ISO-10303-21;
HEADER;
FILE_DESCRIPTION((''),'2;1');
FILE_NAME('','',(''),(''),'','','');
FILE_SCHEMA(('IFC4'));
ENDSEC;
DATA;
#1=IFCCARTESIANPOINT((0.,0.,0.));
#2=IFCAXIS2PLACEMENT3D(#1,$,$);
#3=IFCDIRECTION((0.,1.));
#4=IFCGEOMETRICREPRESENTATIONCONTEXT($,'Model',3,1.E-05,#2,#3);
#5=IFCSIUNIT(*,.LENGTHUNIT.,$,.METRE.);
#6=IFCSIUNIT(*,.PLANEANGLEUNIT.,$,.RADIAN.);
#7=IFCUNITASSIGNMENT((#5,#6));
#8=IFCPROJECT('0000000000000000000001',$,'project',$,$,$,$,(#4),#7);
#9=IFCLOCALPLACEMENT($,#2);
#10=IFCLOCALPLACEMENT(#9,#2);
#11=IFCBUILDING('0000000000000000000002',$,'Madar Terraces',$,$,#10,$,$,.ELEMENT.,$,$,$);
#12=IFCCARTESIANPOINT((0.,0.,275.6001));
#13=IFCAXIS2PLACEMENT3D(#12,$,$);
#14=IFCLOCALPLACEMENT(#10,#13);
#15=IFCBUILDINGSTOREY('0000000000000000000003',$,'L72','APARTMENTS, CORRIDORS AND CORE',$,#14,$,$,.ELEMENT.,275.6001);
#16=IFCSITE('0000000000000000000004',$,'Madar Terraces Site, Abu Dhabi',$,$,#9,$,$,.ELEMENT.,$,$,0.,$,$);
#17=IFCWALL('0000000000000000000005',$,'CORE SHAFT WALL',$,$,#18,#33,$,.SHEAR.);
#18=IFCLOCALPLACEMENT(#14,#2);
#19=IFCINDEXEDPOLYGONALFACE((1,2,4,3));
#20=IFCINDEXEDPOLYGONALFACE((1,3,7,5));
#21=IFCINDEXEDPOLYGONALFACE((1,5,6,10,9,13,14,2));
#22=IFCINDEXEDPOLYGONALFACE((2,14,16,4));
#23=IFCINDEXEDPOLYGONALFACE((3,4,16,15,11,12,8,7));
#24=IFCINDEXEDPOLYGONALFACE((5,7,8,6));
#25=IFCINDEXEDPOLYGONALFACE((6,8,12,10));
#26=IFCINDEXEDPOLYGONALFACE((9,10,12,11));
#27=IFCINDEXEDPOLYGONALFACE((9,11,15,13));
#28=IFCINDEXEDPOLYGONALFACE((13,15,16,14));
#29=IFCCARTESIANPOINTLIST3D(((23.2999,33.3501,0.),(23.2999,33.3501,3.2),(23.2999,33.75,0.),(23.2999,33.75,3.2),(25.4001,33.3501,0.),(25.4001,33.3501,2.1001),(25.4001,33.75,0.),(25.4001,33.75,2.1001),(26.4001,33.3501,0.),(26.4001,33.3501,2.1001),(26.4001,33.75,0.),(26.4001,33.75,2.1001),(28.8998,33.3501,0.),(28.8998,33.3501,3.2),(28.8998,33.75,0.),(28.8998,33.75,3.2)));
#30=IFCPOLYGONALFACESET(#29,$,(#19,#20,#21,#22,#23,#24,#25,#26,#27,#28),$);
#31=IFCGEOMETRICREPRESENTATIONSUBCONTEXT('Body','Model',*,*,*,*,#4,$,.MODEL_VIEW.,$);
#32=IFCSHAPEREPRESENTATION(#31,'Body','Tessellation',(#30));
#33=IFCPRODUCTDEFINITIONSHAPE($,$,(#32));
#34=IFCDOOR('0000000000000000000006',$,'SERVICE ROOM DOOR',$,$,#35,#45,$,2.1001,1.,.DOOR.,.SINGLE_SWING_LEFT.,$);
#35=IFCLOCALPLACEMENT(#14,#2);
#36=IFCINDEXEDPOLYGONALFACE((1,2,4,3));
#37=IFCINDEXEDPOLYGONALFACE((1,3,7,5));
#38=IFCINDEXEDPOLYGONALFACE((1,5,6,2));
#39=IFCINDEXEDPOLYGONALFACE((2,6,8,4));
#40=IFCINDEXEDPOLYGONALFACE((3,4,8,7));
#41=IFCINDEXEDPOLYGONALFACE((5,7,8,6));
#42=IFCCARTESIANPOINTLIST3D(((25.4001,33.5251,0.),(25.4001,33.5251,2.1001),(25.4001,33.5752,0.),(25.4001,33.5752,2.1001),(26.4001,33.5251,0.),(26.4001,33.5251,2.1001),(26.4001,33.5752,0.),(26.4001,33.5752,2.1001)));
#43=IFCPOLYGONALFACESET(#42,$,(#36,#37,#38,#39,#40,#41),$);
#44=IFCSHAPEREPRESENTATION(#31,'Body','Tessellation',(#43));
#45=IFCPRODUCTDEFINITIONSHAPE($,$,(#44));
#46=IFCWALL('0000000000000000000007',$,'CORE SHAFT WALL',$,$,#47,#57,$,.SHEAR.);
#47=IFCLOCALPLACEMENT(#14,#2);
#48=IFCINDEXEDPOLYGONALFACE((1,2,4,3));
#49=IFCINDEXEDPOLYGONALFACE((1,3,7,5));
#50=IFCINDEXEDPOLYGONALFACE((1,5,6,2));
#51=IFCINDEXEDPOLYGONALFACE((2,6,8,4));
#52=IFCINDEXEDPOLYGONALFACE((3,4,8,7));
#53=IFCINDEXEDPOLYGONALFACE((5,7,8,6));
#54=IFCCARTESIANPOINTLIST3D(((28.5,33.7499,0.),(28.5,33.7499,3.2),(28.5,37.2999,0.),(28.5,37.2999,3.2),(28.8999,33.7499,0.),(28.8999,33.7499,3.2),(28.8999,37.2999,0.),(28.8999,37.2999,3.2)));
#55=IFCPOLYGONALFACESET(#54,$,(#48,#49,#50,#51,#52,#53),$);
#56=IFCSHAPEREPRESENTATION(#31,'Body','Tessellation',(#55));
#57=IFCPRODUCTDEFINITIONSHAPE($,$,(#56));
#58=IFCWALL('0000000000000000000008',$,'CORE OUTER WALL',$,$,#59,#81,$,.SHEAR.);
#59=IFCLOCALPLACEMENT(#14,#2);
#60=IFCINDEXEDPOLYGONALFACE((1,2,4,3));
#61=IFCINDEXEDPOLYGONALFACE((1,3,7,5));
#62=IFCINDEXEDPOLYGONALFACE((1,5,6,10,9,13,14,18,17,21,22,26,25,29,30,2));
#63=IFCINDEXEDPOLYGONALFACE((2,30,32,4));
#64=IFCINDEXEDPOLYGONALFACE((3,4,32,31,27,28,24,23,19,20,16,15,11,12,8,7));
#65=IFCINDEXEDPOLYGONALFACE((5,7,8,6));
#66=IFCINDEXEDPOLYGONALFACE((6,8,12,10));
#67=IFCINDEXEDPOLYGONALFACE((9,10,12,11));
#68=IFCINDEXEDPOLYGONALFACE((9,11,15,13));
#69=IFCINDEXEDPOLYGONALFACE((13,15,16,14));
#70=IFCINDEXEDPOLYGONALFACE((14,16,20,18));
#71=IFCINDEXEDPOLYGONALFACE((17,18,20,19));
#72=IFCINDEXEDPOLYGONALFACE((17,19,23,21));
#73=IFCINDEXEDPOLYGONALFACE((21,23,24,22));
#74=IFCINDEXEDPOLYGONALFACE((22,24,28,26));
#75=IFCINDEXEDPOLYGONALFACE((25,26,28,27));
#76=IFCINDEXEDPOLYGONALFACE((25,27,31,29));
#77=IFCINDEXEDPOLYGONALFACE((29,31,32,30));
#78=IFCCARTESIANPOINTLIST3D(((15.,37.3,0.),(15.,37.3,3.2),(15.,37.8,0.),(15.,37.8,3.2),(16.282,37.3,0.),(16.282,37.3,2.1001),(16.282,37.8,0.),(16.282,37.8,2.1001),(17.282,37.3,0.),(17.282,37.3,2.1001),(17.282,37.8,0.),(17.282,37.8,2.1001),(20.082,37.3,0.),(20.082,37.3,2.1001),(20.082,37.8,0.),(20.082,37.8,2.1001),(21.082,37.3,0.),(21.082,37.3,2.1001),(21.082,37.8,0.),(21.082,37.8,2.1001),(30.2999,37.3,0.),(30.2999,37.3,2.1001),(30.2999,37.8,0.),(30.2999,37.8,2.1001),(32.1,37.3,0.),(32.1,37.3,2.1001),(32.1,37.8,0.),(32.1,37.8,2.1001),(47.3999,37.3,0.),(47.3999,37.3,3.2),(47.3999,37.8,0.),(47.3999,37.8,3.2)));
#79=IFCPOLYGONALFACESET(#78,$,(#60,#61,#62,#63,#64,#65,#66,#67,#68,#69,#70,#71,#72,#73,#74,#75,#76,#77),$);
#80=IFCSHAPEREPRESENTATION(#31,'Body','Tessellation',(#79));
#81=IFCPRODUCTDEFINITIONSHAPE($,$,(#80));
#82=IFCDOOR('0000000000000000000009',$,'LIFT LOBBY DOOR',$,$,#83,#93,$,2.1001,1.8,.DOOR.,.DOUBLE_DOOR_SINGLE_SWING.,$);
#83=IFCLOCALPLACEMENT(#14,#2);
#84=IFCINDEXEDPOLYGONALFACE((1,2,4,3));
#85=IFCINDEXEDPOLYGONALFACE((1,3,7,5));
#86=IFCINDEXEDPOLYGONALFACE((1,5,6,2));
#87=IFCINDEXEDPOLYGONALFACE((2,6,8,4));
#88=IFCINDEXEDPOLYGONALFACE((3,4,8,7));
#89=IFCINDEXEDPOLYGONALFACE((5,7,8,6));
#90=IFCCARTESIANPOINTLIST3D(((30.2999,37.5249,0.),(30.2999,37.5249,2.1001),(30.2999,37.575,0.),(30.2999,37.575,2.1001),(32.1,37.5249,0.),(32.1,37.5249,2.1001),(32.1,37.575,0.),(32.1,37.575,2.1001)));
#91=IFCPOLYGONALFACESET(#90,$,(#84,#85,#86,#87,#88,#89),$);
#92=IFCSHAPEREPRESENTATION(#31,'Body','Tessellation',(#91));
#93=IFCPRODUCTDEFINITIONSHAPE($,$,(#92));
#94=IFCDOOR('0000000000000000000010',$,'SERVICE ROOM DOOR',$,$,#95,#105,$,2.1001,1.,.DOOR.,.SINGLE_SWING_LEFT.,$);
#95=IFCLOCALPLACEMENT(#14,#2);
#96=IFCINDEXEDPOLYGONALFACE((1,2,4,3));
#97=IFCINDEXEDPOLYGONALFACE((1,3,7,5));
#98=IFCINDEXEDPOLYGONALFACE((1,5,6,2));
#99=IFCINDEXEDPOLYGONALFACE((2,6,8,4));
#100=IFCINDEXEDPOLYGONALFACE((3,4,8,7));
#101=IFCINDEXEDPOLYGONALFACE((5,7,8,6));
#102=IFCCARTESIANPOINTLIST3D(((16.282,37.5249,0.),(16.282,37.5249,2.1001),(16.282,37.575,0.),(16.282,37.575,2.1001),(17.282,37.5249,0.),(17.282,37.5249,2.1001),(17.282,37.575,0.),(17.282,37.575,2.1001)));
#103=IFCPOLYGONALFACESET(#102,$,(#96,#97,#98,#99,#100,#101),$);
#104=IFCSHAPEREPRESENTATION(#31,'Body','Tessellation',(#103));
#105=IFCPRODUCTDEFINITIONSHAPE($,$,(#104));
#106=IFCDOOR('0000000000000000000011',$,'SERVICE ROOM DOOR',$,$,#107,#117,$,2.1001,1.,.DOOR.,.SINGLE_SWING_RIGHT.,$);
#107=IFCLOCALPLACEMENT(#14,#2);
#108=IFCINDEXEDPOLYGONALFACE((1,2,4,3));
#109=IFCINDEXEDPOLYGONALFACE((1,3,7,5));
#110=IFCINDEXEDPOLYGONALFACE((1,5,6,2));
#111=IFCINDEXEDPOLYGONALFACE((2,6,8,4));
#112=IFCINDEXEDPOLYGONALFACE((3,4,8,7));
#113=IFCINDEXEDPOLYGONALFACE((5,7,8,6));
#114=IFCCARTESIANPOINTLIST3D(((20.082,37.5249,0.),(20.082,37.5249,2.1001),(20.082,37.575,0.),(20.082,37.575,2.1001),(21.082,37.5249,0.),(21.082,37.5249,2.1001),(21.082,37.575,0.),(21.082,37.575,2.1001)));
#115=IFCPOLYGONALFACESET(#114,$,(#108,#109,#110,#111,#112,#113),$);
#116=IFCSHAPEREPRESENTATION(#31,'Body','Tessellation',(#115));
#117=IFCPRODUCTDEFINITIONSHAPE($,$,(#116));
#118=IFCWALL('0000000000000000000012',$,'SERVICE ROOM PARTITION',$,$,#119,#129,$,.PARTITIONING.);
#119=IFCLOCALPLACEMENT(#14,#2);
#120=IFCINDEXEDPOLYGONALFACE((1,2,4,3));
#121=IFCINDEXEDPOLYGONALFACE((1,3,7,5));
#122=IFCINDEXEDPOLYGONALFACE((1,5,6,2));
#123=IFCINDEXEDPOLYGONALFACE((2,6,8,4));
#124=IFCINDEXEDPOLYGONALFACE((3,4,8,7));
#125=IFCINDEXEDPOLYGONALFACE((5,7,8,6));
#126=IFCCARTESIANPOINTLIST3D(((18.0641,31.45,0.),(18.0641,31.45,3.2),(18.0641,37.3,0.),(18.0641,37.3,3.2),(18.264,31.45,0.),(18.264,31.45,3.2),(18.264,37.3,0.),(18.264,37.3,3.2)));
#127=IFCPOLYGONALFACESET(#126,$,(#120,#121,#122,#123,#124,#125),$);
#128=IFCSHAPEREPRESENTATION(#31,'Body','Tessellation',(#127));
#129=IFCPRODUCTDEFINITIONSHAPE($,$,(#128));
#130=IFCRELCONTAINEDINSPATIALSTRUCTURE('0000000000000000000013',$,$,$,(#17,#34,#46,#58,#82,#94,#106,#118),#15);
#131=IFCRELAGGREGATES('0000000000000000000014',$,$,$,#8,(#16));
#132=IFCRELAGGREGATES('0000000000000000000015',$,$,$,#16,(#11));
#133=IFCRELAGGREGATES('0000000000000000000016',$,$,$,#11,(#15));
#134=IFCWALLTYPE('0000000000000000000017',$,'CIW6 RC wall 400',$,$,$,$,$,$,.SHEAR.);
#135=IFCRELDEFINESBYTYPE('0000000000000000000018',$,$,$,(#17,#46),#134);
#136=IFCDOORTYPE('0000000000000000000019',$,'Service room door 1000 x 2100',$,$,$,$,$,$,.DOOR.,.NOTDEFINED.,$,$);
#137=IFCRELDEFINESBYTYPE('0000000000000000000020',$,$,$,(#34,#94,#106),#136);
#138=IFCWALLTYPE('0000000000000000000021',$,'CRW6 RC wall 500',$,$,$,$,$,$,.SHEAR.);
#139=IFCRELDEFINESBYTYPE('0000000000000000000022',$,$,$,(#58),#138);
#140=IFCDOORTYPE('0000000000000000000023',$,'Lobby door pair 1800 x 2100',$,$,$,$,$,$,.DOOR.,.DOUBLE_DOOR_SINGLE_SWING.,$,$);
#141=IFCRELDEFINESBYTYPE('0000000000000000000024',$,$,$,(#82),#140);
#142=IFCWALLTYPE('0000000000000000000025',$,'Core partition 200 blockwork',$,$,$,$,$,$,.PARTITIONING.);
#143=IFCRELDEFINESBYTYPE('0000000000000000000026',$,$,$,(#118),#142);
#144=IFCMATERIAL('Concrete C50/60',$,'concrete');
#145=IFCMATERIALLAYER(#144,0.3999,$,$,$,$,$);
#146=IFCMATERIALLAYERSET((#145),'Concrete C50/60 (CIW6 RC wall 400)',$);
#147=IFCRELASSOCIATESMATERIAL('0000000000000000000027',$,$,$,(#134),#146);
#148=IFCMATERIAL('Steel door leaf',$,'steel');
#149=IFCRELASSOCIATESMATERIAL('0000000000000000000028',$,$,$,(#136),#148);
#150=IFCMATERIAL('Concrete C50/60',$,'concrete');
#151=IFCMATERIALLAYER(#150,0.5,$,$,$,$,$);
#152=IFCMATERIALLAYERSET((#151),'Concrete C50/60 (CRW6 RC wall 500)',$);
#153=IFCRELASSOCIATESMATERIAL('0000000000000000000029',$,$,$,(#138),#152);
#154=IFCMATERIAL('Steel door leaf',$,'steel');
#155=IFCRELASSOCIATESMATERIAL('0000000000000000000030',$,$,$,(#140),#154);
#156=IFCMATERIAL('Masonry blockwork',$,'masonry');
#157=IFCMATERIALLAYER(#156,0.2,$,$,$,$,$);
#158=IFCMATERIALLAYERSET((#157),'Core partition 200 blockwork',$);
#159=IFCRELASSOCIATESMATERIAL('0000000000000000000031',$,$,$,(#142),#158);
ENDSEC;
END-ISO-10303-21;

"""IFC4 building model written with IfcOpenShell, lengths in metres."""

from ifc_helpers import new_model, si_unit, direction, frame, frame_2d, origin, place, context, subcontext, project, spatial, rectangle, extrude, material, layer, layer_set, type_object, element, fill, save


model = new_model("IFC4")

# Units and contexts
model_context = context("Model", 3, precision=1e-05, world=origin(), true_north=direction((0.0, 1.0)))
body_context = subcontext(model_context, "Body", "Model", "MODEL_VIEW")
ifc_project = project(units=[si_unit("LENGTHUNIT", "METRE"), si_unit("PLANEANGLEUNIT", "RADIAN")], contexts=[model_context])

# Site, building, storey
site_placement = place(None, origin())
site = spatial("IfcSite", under=ifc_project, at=site_placement, Name="Madar Terraces Site, Abu Dhabi", CompositionType="ELEMENT", RefElevation=0.0)
building_placement = place(site_placement, origin())
building = spatial("IfcBuilding", under=site, at=building_placement, Name="Madar Terraces", CompositionType="ELEMENT")
storey_placement = place(building_placement, frame((0.0, 0.0, 275.6001)))
storey = spatial("IfcBuildingStorey", under=building, at=storey_placement, Name="L72", Description="APARTMENTS, CORRIDORS AND CORE", CompositionType="ELEMENT", Elevation=275.6001)

# Wall, opening, door
ifc_material_1 = material(Name="Concrete C50/60", Category="concrete")
ifc_layer_1 = layer(ifc_material_1, 0.3999)
ifc_layer_set_1 = layer_set([ifc_layer_1], Name="Concrete C50/60 (CIW6 RC wall 400)")
wall_type_1 = type_object("IfcWallType", Name="CIW6 RC wall 400", PredefinedType="SHEAR", material=ifc_layer_set_1)
wall_1_placement = place(storey_placement, frame((23.3, 33.55, 0.0), z_axis=(0.0, 0.0, 1.0), x_axis=(1.0, 0.0, 0.0)))
wall_1 = element("IfcWall", 1, at=wall_1_placement, inside=storey, type_object=wall_type_1, Name="CORE SHAFT WALL", PredefinedType="SHEAR", context=body_context, shape_type="SweptSolid", body=[
    extrude(rectangle(XDim=5.5999, YDim=0.3999, at=frame_2d((2.7998, 0.0))), origin(), (0.0, 0.0, 1.0), 3.2),
])
opening_1_placement = place(wall_1_placement, frame((2.1001, 0.0, 0.0)))
opening_1 = element("IfcOpeningElement", 2, at=opening_1_placement, cuts=wall_1, PredefinedType="OPENING", context=body_context, shape_type="SweptSolid", body=[
    extrude(rectangle(XDim=1.0, YDim=2.1001, at=frame_2d((0.5, 1.05))), frame((0.0, 0.21, 0.0), z_axis=(0.0, -1.0, 0.0), x_axis=(1.0, 0.0, 0.0)), (0.0, 0.0, 1.0), 0.4199),
])
ifc_material_2 = material(Name="Steel door leaf", Category="steel")
door_type_1 = type_object("IfcDoorType", Name="Service room door 1000 x 2100", OperationType="NOTDEFINED", PredefinedType="DOOR", material=ifc_material_2)
door_1_placement = place(opening_1_placement, frame((1.0, 0.0, 0.0), z_axis=(0.0, 0.0, 1.0), x_axis=(-1.0, 0.0, 0.0)))
door_1 = element("IfcDoor", 3, at=door_1_placement, inside=storey, type_object=door_type_1, Name="SERVICE ROOM DOOR", OperationType="SINGLE_SWING_LEFT", OverallHeight=2.1001, OverallWidth=1.0, PredefinedType="DOOR", context=body_context, shape_type="SweptSolid", body=[
    extrude(rectangle(XDim=1.0, YDim=2.1001, at=frame_2d((0.5, 1.05))), frame((0.0, 0.0249, 0.0), z_axis=(0.0, -1.0, 0.0), x_axis=(1.0, 0.0, 0.0)), (0.0, 0.0, 1.0), 0.05),
])
fill(opening_1, door_1)

# Wall
wall_2_placement = place(storey_placement, frame((28.7, 33.75, 0.0), z_axis=(0.0, 0.0, 1.0), x_axis=(0.0, 1.0, 0.0)))
element("IfcWall", 4, at=wall_2_placement, inside=storey, type_object=wall_type_1, Name="CORE SHAFT WALL", PredefinedType="SHEAR", context=body_context, shape_type="SweptSolid", body=[
    extrude(rectangle(XDim=3.55, YDim=0.3999, at=frame_2d((1.7749, 0.0))), origin(), (0.0, 0.0, 1.0), 3.2),
])

# Wall, openings, doors
ifc_material_3 = material(Name="Concrete C50/60", Category="concrete")
ifc_layer_2 = layer(ifc_material_3, 0.5)
ifc_layer_set_2 = layer_set([ifc_layer_2], Name="Concrete C50/60 (CRW6 RC wall 500)")
wall_type_2 = type_object("IfcWallType", Name="CRW6 RC wall 500", PredefinedType="SHEAR", material=ifc_layer_set_2)
wall_3_placement = place(storey_placement, frame((15.0, 37.55, 0.0), z_axis=(0.0, 0.0, 1.0), x_axis=(1.0, 0.0, 0.0)))
wall_3 = element("IfcWall", 5, at=wall_3_placement, inside=storey, type_object=wall_type_2, Name="CORE OUTER WALL", PredefinedType="SHEAR", context=body_context, shape_type="SweptSolid", body=[
    extrude(rectangle(XDim=32.3999, YDim=0.5, at=frame_2d((16.2, 0.0))), origin(), (0.0, 0.0, 1.0), 3.2),
])
opening_2_placement = place(wall_3_placement, frame((15.3, 0.0, 0.0)))
opening_2 = element("IfcOpeningElement", 6, at=opening_2_placement, cuts=wall_3, PredefinedType="OPENING", context=body_context, shape_type="SweptSolid", body=[
    extrude(rectangle(XDim=1.8, YDim=2.1001, at=frame_2d((0.8999, 1.05))), frame((0.0, 0.26, 0.0), z_axis=(0.0, -1.0, 0.0), x_axis=(1.0, 0.0, 0.0)), (0.0, 0.0, 1.0), 0.52),
])
opening_3_placement = place(wall_3_placement, frame((1.282, 0.0, 0.0)))
opening_3 = element("IfcOpeningElement", 7, at=opening_3_placement, cuts=wall_3, PredefinedType="OPENING", context=body_context, shape_type="SweptSolid", body=[
    extrude(rectangle(XDim=1.0, YDim=2.1001, at=frame_2d((0.5, 1.05))), frame((0.0, 0.26, 0.0), z_axis=(0.0, -1.0, 0.0), x_axis=(1.0, 0.0, 0.0)), (0.0, 0.0, 1.0), 0.52),
])
opening_4_placement = place(wall_3_placement, frame((5.082, 0.0, 0.0)))
opening_4 = element("IfcOpeningElement", 8, at=opening_4_placement, cuts=wall_3, PredefinedType="OPENING", context=body_context, shape_type="SweptSolid", body=[
    extrude(rectangle(XDim=1.0, YDim=2.1001, at=frame_2d((0.5, 1.05))), frame((0.0, 0.26, 0.0), z_axis=(0.0, -1.0, 0.0), x_axis=(1.0, 0.0, 0.0)), (0.0, 0.0, 1.0), 0.52),
])
ifc_material_4 = material(Name="Steel door leaf", Category="steel")
door_type_2 = type_object("IfcDoorType", Name="Lobby door pair 1800 x 2100", OperationType="DOUBLE_DOOR_SINGLE_SWING", PredefinedType="DOOR", material=ifc_material_4)
door_2_placement = place(opening_2_placement, origin())
door_2 = element("IfcDoor", 9, at=door_2_placement, inside=storey, type_object=door_type_2, Name="LIFT LOBBY DOOR", OperationType="DOUBLE_DOOR_SINGLE_SWING", OverallHeight=2.1001, OverallWidth=1.8, PredefinedType="DOOR", context=body_context, shape_type="SweptSolid", body=[
    extrude(rectangle(XDim=1.8, YDim=2.1001, at=frame_2d((0.8999, 1.05))), frame((0.0, 0.0249, 0.0), z_axis=(0.0, -1.0, 0.0), x_axis=(1.0, 0.0, 0.0)), (0.0, 0.0, 1.0), 0.05),
])
fill(opening_2, door_2)
door_3_placement = place(opening_3_placement, origin())
door_3 = element("IfcDoor", 10, at=door_3_placement, inside=storey, type_object=door_type_1, Name="SERVICE ROOM DOOR", OperationType="SINGLE_SWING_LEFT", OverallHeight=2.1001, OverallWidth=1.0, PredefinedType="DOOR", context=body_context, shape_type="SweptSolid", body=[
    extrude(rectangle(XDim=1.0, YDim=2.1001, at=frame_2d((0.5, 1.05))), frame((0.0, 0.0249, 0.0), z_axis=(0.0, -1.0, 0.0), x_axis=(1.0, 0.0, 0.0)), (0.0, 0.0, 1.0), 0.05),
])
fill(opening_3, door_3)
door_4_placement = place(opening_4_placement, origin())
door_4 = element("IfcDoor", 11, at=door_4_placement, inside=storey, type_object=door_type_1, Name="SERVICE ROOM DOOR", OperationType="SINGLE_SWING_RIGHT", OverallHeight=2.1001, OverallWidth=1.0, PredefinedType="DOOR", context=body_context, shape_type="SweptSolid", body=[
    extrude(rectangle(XDim=1.0, YDim=2.1001, at=frame_2d((0.5, 1.05))), frame((0.0, 0.0249, 0.0), z_axis=(0.0, -1.0, 0.0), x_axis=(1.0, 0.0, 0.0)), (0.0, 0.0, 1.0), 0.05),
])
fill(opening_4, door_4)

# Wall
ifc_material_5 = material(Name="Masonry blockwork", Category="masonry")
ifc_layer_3 = layer(ifc_material_5, 0.2)
ifc_layer_set_3 = layer_set([ifc_layer_3], Name="Core partition 200 blockwork")
wall_type_3 = type_object("IfcWallType", Name="Core partition 200 blockwork", PredefinedType="PARTITIONING", material=ifc_layer_set_3)
wall_4_placement = place(storey_placement, frame((18.1641, 31.45, 0.0), z_axis=(0.0, 0.0, 1.0), x_axis=(0.0, 1.0, 0.0)))
element("IfcWall", 12, at=wall_4_placement, inside=storey, type_object=wall_type_3, Name="SERVICE ROOM PARTITION", PredefinedType="PARTITIONING", context=body_context, shape_type="SweptSolid", body=[
    extrude(rectangle(XDim=5.8501, YDim=0.2, at=frame_2d((2.925, 0.0))), origin(), (0.0, 0.0, 1.0), 3.2),
])

save(model, "model.ifc")
